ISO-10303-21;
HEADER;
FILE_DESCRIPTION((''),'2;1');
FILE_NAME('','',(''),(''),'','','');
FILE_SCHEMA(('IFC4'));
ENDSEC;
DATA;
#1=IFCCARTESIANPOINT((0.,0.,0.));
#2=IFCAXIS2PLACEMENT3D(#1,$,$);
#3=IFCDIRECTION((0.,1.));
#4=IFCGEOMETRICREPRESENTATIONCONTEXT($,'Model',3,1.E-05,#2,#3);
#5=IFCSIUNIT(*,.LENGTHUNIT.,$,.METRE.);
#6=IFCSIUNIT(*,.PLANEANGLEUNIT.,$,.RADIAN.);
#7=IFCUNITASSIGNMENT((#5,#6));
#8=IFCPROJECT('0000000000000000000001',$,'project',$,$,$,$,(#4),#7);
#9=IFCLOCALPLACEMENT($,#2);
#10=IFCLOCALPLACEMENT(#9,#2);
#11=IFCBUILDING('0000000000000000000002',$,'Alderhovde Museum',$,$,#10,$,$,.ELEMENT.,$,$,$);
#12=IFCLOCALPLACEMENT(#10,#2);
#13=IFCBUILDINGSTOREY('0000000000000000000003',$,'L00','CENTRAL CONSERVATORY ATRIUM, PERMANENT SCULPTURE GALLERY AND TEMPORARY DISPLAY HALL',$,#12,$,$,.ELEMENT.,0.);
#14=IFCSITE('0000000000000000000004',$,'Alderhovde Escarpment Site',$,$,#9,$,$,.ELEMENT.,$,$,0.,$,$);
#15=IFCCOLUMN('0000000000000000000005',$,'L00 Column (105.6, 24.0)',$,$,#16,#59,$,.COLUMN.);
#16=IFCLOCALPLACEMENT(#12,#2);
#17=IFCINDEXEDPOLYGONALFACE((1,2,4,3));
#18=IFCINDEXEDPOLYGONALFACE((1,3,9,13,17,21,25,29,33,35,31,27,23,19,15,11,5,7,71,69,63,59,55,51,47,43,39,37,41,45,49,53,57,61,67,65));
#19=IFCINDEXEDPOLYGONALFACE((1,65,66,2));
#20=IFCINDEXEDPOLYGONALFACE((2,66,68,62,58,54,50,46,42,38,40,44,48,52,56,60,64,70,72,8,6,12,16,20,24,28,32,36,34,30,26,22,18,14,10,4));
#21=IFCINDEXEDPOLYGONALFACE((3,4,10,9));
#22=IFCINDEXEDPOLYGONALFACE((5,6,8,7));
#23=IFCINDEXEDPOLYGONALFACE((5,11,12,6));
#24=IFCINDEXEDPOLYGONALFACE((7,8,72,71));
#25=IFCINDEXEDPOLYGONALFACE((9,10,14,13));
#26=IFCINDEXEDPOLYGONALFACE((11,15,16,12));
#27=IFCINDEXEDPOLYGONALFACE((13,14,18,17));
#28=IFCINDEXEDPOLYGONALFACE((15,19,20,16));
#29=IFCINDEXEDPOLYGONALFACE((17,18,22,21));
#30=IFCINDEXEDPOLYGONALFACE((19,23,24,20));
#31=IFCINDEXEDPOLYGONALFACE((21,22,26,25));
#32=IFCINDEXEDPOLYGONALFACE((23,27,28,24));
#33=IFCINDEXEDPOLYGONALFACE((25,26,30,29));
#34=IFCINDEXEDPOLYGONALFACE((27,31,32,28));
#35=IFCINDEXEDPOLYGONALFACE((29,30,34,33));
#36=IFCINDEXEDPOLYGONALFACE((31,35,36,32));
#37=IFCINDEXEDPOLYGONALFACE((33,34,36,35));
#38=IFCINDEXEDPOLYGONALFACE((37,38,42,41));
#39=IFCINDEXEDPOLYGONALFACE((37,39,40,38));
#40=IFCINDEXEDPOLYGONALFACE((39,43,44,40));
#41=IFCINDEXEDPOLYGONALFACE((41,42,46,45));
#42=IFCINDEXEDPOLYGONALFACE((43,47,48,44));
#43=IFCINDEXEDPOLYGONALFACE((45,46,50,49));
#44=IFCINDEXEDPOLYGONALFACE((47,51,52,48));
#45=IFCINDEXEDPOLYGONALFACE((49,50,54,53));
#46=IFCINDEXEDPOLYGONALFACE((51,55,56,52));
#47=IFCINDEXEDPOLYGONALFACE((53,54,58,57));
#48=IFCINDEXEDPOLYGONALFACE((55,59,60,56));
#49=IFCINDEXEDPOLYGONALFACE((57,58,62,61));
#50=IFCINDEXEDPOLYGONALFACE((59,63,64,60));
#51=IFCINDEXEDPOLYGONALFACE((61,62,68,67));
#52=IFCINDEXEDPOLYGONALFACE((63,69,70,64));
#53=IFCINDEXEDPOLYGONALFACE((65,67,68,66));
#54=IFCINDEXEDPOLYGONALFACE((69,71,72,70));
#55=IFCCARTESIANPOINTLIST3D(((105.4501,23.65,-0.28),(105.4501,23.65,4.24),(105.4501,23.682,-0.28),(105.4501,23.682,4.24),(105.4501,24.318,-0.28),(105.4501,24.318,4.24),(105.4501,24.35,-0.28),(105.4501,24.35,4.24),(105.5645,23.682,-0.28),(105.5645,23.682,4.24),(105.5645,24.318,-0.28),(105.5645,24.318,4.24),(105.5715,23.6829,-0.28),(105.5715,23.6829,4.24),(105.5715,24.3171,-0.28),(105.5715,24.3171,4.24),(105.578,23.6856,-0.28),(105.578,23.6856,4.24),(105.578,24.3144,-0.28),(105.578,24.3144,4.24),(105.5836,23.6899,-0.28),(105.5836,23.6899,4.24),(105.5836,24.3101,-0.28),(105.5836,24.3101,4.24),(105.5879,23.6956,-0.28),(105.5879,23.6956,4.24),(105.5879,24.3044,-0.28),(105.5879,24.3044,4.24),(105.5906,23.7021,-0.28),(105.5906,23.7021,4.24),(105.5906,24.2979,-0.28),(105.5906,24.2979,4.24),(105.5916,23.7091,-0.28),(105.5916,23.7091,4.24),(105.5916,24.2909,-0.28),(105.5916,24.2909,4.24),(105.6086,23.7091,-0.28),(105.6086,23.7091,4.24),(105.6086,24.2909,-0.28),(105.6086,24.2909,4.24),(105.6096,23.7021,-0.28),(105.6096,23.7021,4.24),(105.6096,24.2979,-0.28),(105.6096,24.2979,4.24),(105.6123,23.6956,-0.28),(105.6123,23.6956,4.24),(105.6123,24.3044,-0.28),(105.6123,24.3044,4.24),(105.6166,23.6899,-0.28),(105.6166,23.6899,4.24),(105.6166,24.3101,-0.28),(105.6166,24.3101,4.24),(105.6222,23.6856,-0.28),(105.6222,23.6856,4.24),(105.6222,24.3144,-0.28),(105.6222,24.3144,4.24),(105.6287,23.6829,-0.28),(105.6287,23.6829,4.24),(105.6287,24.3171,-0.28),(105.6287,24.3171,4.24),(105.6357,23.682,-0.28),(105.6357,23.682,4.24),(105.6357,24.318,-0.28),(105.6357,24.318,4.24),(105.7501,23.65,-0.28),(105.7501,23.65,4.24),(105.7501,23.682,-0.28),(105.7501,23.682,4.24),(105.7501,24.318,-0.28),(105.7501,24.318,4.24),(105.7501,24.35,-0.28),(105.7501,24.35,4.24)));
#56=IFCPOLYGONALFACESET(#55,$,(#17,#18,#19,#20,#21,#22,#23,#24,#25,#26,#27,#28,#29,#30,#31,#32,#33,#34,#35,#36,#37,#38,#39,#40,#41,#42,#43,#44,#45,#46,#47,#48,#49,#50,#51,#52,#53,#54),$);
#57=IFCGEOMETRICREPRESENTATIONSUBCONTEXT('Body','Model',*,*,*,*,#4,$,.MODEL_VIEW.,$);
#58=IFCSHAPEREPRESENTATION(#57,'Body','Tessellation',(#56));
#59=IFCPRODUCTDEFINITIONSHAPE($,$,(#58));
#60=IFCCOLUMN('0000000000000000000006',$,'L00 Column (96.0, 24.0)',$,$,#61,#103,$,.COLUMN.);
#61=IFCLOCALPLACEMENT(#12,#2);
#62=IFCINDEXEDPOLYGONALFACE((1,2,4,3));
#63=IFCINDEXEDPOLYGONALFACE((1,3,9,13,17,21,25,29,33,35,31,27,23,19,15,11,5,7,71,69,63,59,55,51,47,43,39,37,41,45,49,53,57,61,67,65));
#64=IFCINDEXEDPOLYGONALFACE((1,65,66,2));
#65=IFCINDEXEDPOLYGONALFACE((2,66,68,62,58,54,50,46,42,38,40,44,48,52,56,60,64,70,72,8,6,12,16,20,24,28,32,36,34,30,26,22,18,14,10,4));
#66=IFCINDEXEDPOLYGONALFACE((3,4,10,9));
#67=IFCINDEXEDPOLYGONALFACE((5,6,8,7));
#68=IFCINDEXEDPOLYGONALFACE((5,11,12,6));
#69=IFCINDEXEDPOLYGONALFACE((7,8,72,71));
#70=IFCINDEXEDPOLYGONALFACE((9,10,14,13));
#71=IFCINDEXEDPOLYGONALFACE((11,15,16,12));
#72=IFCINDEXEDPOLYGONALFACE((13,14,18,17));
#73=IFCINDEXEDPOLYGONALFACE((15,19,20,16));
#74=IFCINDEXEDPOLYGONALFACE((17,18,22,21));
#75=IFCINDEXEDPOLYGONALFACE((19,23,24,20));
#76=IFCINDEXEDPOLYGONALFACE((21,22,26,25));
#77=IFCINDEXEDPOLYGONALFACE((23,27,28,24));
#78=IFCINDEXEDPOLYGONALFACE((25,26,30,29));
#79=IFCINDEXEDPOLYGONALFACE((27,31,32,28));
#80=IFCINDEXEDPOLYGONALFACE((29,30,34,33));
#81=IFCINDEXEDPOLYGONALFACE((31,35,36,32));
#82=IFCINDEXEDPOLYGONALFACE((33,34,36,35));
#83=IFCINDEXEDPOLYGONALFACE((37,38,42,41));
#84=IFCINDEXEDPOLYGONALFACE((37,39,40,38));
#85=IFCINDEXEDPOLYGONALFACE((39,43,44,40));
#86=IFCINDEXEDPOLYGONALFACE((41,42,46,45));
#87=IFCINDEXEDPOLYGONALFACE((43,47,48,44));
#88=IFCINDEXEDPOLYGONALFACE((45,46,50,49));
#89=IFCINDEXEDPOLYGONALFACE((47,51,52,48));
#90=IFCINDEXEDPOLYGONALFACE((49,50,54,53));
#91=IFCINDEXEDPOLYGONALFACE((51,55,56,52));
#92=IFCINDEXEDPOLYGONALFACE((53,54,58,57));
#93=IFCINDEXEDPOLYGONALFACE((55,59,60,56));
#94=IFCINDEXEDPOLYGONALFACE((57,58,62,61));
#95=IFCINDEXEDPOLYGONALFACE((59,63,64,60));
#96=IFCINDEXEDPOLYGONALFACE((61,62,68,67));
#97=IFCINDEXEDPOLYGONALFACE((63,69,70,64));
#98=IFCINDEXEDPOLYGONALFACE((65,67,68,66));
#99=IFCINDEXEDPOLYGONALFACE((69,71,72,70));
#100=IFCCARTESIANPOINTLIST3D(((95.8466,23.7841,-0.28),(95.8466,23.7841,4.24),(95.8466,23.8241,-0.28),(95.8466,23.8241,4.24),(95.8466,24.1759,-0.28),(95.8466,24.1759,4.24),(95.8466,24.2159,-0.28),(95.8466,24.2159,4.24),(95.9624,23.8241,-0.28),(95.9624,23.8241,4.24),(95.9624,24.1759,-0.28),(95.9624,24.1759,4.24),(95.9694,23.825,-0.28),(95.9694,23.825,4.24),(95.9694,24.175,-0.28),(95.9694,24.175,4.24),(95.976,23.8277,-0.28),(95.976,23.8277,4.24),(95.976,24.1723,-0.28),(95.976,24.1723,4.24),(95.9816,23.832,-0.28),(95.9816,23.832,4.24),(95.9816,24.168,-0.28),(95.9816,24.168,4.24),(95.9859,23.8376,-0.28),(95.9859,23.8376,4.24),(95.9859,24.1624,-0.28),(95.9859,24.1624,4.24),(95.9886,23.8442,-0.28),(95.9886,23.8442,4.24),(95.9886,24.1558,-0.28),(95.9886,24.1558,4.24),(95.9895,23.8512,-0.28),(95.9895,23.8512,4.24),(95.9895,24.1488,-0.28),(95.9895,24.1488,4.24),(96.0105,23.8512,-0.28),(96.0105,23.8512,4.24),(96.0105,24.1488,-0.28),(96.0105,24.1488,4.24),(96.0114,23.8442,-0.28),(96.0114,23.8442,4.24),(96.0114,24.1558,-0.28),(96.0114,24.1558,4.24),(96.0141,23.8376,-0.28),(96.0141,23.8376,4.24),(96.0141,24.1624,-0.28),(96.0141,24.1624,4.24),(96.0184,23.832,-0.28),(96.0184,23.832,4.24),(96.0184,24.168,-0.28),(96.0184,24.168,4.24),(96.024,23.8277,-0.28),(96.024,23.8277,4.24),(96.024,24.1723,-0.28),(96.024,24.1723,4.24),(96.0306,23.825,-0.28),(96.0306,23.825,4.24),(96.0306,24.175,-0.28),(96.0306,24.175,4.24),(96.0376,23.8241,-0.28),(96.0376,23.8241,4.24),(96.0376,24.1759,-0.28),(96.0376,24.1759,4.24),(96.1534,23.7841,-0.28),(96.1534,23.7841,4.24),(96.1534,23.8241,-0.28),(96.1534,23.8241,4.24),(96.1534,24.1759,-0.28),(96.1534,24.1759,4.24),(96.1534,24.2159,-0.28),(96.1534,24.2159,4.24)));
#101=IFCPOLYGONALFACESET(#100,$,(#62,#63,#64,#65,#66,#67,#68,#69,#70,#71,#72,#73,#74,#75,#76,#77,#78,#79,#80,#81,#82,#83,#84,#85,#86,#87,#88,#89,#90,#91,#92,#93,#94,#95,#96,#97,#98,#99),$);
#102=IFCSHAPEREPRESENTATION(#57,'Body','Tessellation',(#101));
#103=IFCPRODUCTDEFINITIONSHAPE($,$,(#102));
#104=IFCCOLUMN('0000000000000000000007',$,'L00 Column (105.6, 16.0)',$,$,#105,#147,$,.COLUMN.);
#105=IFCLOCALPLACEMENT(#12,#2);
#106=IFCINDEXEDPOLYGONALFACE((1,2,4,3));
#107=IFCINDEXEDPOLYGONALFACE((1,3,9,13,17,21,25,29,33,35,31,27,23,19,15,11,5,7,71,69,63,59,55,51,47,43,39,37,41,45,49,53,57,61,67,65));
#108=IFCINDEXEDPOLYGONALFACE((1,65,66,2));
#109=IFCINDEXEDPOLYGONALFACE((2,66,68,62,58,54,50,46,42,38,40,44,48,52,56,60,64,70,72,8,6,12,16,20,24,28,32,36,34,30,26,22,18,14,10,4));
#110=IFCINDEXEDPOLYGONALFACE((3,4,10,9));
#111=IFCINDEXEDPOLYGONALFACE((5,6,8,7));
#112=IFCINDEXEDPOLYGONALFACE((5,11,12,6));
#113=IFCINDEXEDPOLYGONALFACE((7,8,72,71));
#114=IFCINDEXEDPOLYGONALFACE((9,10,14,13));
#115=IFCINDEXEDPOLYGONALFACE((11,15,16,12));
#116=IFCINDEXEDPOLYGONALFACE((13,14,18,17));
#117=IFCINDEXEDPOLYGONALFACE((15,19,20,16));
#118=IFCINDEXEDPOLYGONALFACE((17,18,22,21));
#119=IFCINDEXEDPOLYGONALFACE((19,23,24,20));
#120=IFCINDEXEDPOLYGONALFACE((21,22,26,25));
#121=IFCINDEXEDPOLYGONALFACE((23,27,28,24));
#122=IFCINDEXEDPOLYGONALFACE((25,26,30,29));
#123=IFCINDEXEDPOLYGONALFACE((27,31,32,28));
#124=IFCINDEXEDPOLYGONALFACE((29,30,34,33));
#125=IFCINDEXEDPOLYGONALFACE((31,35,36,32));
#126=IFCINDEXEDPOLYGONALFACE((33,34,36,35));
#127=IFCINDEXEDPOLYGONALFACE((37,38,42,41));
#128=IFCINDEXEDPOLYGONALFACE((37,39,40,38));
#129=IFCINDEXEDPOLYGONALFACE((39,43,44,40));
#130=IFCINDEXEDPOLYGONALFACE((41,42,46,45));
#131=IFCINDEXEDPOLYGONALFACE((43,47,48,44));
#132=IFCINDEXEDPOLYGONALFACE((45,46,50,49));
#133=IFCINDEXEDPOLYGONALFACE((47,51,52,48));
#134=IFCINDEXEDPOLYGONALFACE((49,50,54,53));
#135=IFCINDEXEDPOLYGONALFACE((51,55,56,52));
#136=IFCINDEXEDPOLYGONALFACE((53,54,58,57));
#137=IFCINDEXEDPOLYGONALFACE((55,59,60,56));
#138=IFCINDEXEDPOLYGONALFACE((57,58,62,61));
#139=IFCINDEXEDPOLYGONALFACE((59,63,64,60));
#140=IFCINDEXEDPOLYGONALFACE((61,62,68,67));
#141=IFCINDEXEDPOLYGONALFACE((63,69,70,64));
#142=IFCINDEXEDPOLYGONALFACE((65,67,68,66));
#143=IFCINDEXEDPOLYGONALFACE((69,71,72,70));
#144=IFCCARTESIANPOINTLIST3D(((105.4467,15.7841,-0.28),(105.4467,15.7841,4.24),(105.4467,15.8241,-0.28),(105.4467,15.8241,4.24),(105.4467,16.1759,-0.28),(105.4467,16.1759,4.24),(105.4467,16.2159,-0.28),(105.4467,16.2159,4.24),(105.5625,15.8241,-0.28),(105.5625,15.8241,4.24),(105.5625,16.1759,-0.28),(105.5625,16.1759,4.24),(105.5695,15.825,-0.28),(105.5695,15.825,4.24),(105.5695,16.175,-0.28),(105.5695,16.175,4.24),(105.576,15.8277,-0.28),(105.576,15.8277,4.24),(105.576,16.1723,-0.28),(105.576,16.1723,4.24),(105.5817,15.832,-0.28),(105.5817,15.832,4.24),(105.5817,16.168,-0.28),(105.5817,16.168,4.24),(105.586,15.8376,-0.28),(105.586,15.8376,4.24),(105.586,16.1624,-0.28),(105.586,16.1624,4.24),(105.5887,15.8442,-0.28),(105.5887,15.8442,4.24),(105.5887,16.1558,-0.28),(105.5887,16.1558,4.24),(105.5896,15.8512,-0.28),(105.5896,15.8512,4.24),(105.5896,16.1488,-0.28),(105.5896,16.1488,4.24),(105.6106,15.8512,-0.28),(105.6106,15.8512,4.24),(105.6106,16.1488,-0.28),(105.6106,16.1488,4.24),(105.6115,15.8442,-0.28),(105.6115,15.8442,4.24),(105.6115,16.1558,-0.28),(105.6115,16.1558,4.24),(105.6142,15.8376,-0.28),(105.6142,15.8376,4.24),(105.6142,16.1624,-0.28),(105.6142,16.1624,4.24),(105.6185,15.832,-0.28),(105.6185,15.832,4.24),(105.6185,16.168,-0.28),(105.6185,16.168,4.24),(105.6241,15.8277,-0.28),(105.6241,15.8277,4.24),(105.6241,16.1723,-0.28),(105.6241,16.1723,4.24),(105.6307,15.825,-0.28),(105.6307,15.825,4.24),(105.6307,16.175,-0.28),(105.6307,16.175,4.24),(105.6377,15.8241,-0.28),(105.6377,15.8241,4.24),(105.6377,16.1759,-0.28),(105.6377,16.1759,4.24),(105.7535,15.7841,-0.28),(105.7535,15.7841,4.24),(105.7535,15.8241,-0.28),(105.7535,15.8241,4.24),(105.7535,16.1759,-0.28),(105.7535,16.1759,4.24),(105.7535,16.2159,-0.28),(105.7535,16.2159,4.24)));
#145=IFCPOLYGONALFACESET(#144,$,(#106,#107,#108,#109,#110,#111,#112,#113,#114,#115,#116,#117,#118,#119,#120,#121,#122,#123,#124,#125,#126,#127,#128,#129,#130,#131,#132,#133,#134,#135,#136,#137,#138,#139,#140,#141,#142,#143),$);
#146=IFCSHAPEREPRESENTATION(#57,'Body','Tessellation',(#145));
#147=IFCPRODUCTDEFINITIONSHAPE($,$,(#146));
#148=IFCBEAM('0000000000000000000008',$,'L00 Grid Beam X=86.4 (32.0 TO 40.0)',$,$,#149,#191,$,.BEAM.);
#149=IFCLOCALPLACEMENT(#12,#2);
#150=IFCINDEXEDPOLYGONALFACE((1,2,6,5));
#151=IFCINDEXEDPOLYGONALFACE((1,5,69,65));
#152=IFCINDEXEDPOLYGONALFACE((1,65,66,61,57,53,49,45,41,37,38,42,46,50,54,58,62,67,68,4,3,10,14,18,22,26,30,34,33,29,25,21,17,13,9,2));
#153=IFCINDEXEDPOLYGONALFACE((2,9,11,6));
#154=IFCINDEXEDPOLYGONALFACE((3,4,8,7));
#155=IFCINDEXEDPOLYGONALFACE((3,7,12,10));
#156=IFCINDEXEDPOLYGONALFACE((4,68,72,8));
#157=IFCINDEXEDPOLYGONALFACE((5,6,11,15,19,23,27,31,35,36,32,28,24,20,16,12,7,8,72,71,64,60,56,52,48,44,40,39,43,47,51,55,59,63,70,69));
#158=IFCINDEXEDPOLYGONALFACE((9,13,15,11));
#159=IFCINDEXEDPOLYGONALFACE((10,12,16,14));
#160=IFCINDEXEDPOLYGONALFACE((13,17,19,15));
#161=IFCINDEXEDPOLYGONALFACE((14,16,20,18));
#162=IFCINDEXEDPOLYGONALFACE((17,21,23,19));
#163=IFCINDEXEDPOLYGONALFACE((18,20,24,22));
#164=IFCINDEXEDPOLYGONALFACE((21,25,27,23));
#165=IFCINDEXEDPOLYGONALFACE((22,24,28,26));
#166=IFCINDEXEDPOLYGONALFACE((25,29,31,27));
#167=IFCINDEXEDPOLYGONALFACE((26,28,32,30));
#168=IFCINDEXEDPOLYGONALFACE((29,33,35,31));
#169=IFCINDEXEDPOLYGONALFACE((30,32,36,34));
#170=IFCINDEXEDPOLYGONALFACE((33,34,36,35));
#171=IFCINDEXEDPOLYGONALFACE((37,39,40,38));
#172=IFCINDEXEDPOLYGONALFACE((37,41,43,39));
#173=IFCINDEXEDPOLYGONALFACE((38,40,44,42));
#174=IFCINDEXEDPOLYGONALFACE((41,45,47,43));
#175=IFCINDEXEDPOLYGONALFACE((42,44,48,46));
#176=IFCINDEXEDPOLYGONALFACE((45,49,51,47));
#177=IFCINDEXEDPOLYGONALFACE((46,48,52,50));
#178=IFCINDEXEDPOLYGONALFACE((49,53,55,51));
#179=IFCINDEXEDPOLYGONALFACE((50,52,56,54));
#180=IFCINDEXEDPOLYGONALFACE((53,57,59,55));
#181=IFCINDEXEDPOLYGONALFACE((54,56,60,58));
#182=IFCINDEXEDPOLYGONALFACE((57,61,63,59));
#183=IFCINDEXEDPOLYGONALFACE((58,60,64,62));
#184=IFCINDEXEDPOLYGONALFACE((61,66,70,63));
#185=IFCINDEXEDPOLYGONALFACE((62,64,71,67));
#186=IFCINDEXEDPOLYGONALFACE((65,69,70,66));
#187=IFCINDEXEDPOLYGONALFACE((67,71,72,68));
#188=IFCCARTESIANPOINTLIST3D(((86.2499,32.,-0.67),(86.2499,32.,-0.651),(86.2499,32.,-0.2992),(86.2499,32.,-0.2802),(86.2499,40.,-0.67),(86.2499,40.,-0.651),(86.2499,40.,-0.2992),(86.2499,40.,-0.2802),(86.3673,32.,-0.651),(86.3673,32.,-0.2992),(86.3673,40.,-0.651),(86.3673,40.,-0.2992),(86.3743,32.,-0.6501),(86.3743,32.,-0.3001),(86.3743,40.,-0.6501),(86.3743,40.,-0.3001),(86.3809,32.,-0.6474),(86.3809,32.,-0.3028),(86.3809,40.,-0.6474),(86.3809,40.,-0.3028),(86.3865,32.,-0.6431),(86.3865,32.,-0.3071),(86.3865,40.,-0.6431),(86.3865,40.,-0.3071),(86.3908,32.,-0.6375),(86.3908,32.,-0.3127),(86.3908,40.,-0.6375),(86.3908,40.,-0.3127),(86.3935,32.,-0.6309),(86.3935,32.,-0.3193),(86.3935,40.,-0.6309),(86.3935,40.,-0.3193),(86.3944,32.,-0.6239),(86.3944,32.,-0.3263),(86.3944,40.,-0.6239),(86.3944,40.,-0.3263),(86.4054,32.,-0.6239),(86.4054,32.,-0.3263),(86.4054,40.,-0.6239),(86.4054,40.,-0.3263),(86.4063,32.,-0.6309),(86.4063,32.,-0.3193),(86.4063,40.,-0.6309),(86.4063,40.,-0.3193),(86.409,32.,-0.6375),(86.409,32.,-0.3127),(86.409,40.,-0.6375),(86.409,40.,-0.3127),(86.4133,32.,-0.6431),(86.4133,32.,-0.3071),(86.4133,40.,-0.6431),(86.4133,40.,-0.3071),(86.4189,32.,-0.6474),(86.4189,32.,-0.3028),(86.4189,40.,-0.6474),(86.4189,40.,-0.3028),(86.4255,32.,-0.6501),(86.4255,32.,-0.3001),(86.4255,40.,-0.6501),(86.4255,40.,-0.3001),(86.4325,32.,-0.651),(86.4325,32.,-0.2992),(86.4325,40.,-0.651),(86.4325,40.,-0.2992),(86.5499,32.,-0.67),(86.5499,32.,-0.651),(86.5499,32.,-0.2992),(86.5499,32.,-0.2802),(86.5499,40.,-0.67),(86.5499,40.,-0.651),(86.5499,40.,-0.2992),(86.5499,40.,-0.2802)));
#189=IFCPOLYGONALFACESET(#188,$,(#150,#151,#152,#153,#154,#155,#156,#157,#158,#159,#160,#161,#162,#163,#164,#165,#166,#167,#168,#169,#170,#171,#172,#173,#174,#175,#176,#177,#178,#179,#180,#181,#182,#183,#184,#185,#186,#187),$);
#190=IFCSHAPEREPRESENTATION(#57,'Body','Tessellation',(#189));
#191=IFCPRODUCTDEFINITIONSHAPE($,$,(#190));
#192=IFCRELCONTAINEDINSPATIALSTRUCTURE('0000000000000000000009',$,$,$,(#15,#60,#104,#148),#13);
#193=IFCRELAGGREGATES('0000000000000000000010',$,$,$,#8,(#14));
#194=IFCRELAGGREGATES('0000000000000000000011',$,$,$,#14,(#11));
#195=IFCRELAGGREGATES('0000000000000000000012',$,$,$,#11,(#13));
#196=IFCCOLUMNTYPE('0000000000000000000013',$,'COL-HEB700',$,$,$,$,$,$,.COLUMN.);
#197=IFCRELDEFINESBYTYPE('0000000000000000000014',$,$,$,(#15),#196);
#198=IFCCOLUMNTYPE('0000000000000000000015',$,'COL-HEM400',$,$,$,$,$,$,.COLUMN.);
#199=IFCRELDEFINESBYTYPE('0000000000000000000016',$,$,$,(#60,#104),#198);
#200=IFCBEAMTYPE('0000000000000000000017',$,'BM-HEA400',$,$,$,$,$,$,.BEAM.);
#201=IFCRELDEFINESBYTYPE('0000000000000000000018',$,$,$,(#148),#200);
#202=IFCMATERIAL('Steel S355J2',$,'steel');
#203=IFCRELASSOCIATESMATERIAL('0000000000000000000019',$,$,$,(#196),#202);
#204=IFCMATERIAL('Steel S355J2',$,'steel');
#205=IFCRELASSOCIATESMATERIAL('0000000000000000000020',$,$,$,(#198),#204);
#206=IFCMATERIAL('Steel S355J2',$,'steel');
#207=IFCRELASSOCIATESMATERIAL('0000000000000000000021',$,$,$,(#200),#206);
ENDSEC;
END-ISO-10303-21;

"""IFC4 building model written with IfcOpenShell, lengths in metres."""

from ifc_helpers import new_model, si_unit, direction, frame, origin, origin_2d, place, context, subcontext, project, spatial, i_section, extrude, material, material_profile, profile_set, type_object, element, save


model = new_model("IFC4")

# Units and contexts
model_context = context("Model", 3, precision=1e-05, world=origin(), true_north=direction((0.0, 1.0)))
body_context = subcontext(model_context, "Body", "Model", "MODEL_VIEW")
ifc_project = project(units=[si_unit("LENGTHUNIT", "METRE"), si_unit("PLANEANGLEUNIT", "RADIAN")], contexts=[model_context])

# Site, building, storey
site_placement = place(None, origin())
site = spatial("IfcSite", under=ifc_project, at=site_placement, Name="Alderhovde Escarpment Site", CompositionType="ELEMENT", RefElevation=0.0)
building_placement = place(site_placement, origin())
building = spatial("IfcBuilding", under=site, at=building_placement, Name="Alderhovde Museum", CompositionType="ELEMENT")
storey_placement = place(building_placement, origin())
storey = spatial("IfcBuildingStorey", under=building, at=storey_placement, Name="L00", Description="CENTRAL CONSERVATORY ATRIUM, PERMANENT SCULPTURE GALLERY AND TEMPORARY DISPLAY HALL", CompositionType="ELEMENT", Elevation=0.0)

# Columns
ifc_material_1 = material(Name="Steel S355J2", Category="steel")
ifc_material_profile_1 = material_profile(ifc_material_1, i_section(OverallWidth=0.3, OverallDepth=0.7, WebThickness=0.0171, FlangeThickness=0.032, FilletRadius=0.0271, at=origin_2d()), Name="HEB 700")
ifc_profile_set_1 = profile_set([ifc_material_profile_1], Name="Steel S355J2")
column_type_1 = type_object("IfcColumnType", Name="COL-HEB700", PredefinedType="COLUMN", material=ifc_profile_set_1)
for number, where, z_axis, x_axis, name in (
    (1, (105.6001, 24.0, -0.28), (0.0, 0.0, 1.0), (1.0, 0.0, 0.0), "L00 Column (105.6, 24.0)"),
):
    element("IfcColumn", number, at=place(storey_placement, frame(where, z_axis=z_axis, x_axis=x_axis)), inside=storey, type_object=column_type_1, Name=name, PredefinedType="COLUMN", context=body_context, shape_type="SweptSolid", body=[
        extrude(i_section(OverallWidth=0.3, OverallDepth=0.7, WebThickness=0.0171, FlangeThickness=0.032, FilletRadius=0.0271, at=origin_2d()), origin(), (0.0, 0.0, 1.0), 4.52),
    ])
ifc_material_2 = material(Name="Steel S355J2", Category="steel")
ifc_material_profile_2 = material_profile(ifc_material_2, i_section(OverallWidth=0.3069, OverallDepth=0.4319, WebThickness=0.021, FlangeThickness=0.04, FilletRadius=0.0271, at=origin_2d()), Name="HEM 400")
ifc_profile_set_2 = profile_set([ifc_material_profile_2], Name="Steel S355J2")
column_type_2 = type_object("IfcColumnType", Name="COL-HEM400", PredefinedType="COLUMN", material=ifc_profile_set_2)
for number, where, z_axis, x_axis, name in (
    (2, (96.0, 24.0, -0.28), (0.0, 0.0, 1.0), (1.0, 0.0, 0.0), "L00 Column (96.0, 24.0)"),
    (3, (105.6001, 16.0, -0.28), (0.0, 0.0, 1.0), (1.0, 0.0, 0.0), "L00 Column (105.6, 16.0)"),
):
    element("IfcColumn", number, at=place(storey_placement, frame(where, z_axis=z_axis, x_axis=x_axis)), inside=storey, type_object=column_type_2, Name=name, PredefinedType="COLUMN", context=body_context, shape_type="SweptSolid", body=[
        extrude(i_section(OverallWidth=0.3069, OverallDepth=0.4319, WebThickness=0.021, FlangeThickness=0.04, FilletRadius=0.0271, at=origin_2d()), origin(), (0.0, 0.0, 1.0), 4.52),
    ])

# Beam
ifc_material_3 = material(Name="Steel S355J2", Category="steel")
ifc_material_profile_3 = material_profile(ifc_material_3, i_section(OverallWidth=0.3, OverallDepth=0.3899, WebThickness=0.011, FlangeThickness=0.019, FilletRadius=0.0271, at=origin_2d()), Name="HEA 400")
ifc_profile_set_3 = profile_set([ifc_material_profile_3], Name="Steel S355J2")
beam_type_1 = type_object("IfcBeamType", Name="BM-HEA400", PredefinedType="BEAM", material=ifc_profile_set_3)
for number, where, z_axis, x_axis, name in (
    (4, (86.3999, 32.0, -0.4751), (0.0, 1.0, 0.0), (-1.0, 0.0, 0.0), "L00 Grid Beam X=86.4 (32.0 TO 40.0)"),
):
    element("IfcBeam", number, at=place(storey_placement, frame(where, z_axis=z_axis, x_axis=x_axis)), inside=storey, type_object=beam_type_1, Name=name, PredefinedType="BEAM", context=body_context, shape_type="SweptSolid", body=[
        extrude(i_section(OverallWidth=0.3, OverallDepth=0.3899, WebThickness=0.011, FlangeThickness=0.019, FilletRadius=0.0271, at=origin_2d()), origin(), (0.0, 0.0, 1.0), 8.0),
    ])

save(model, "model.ifc")
